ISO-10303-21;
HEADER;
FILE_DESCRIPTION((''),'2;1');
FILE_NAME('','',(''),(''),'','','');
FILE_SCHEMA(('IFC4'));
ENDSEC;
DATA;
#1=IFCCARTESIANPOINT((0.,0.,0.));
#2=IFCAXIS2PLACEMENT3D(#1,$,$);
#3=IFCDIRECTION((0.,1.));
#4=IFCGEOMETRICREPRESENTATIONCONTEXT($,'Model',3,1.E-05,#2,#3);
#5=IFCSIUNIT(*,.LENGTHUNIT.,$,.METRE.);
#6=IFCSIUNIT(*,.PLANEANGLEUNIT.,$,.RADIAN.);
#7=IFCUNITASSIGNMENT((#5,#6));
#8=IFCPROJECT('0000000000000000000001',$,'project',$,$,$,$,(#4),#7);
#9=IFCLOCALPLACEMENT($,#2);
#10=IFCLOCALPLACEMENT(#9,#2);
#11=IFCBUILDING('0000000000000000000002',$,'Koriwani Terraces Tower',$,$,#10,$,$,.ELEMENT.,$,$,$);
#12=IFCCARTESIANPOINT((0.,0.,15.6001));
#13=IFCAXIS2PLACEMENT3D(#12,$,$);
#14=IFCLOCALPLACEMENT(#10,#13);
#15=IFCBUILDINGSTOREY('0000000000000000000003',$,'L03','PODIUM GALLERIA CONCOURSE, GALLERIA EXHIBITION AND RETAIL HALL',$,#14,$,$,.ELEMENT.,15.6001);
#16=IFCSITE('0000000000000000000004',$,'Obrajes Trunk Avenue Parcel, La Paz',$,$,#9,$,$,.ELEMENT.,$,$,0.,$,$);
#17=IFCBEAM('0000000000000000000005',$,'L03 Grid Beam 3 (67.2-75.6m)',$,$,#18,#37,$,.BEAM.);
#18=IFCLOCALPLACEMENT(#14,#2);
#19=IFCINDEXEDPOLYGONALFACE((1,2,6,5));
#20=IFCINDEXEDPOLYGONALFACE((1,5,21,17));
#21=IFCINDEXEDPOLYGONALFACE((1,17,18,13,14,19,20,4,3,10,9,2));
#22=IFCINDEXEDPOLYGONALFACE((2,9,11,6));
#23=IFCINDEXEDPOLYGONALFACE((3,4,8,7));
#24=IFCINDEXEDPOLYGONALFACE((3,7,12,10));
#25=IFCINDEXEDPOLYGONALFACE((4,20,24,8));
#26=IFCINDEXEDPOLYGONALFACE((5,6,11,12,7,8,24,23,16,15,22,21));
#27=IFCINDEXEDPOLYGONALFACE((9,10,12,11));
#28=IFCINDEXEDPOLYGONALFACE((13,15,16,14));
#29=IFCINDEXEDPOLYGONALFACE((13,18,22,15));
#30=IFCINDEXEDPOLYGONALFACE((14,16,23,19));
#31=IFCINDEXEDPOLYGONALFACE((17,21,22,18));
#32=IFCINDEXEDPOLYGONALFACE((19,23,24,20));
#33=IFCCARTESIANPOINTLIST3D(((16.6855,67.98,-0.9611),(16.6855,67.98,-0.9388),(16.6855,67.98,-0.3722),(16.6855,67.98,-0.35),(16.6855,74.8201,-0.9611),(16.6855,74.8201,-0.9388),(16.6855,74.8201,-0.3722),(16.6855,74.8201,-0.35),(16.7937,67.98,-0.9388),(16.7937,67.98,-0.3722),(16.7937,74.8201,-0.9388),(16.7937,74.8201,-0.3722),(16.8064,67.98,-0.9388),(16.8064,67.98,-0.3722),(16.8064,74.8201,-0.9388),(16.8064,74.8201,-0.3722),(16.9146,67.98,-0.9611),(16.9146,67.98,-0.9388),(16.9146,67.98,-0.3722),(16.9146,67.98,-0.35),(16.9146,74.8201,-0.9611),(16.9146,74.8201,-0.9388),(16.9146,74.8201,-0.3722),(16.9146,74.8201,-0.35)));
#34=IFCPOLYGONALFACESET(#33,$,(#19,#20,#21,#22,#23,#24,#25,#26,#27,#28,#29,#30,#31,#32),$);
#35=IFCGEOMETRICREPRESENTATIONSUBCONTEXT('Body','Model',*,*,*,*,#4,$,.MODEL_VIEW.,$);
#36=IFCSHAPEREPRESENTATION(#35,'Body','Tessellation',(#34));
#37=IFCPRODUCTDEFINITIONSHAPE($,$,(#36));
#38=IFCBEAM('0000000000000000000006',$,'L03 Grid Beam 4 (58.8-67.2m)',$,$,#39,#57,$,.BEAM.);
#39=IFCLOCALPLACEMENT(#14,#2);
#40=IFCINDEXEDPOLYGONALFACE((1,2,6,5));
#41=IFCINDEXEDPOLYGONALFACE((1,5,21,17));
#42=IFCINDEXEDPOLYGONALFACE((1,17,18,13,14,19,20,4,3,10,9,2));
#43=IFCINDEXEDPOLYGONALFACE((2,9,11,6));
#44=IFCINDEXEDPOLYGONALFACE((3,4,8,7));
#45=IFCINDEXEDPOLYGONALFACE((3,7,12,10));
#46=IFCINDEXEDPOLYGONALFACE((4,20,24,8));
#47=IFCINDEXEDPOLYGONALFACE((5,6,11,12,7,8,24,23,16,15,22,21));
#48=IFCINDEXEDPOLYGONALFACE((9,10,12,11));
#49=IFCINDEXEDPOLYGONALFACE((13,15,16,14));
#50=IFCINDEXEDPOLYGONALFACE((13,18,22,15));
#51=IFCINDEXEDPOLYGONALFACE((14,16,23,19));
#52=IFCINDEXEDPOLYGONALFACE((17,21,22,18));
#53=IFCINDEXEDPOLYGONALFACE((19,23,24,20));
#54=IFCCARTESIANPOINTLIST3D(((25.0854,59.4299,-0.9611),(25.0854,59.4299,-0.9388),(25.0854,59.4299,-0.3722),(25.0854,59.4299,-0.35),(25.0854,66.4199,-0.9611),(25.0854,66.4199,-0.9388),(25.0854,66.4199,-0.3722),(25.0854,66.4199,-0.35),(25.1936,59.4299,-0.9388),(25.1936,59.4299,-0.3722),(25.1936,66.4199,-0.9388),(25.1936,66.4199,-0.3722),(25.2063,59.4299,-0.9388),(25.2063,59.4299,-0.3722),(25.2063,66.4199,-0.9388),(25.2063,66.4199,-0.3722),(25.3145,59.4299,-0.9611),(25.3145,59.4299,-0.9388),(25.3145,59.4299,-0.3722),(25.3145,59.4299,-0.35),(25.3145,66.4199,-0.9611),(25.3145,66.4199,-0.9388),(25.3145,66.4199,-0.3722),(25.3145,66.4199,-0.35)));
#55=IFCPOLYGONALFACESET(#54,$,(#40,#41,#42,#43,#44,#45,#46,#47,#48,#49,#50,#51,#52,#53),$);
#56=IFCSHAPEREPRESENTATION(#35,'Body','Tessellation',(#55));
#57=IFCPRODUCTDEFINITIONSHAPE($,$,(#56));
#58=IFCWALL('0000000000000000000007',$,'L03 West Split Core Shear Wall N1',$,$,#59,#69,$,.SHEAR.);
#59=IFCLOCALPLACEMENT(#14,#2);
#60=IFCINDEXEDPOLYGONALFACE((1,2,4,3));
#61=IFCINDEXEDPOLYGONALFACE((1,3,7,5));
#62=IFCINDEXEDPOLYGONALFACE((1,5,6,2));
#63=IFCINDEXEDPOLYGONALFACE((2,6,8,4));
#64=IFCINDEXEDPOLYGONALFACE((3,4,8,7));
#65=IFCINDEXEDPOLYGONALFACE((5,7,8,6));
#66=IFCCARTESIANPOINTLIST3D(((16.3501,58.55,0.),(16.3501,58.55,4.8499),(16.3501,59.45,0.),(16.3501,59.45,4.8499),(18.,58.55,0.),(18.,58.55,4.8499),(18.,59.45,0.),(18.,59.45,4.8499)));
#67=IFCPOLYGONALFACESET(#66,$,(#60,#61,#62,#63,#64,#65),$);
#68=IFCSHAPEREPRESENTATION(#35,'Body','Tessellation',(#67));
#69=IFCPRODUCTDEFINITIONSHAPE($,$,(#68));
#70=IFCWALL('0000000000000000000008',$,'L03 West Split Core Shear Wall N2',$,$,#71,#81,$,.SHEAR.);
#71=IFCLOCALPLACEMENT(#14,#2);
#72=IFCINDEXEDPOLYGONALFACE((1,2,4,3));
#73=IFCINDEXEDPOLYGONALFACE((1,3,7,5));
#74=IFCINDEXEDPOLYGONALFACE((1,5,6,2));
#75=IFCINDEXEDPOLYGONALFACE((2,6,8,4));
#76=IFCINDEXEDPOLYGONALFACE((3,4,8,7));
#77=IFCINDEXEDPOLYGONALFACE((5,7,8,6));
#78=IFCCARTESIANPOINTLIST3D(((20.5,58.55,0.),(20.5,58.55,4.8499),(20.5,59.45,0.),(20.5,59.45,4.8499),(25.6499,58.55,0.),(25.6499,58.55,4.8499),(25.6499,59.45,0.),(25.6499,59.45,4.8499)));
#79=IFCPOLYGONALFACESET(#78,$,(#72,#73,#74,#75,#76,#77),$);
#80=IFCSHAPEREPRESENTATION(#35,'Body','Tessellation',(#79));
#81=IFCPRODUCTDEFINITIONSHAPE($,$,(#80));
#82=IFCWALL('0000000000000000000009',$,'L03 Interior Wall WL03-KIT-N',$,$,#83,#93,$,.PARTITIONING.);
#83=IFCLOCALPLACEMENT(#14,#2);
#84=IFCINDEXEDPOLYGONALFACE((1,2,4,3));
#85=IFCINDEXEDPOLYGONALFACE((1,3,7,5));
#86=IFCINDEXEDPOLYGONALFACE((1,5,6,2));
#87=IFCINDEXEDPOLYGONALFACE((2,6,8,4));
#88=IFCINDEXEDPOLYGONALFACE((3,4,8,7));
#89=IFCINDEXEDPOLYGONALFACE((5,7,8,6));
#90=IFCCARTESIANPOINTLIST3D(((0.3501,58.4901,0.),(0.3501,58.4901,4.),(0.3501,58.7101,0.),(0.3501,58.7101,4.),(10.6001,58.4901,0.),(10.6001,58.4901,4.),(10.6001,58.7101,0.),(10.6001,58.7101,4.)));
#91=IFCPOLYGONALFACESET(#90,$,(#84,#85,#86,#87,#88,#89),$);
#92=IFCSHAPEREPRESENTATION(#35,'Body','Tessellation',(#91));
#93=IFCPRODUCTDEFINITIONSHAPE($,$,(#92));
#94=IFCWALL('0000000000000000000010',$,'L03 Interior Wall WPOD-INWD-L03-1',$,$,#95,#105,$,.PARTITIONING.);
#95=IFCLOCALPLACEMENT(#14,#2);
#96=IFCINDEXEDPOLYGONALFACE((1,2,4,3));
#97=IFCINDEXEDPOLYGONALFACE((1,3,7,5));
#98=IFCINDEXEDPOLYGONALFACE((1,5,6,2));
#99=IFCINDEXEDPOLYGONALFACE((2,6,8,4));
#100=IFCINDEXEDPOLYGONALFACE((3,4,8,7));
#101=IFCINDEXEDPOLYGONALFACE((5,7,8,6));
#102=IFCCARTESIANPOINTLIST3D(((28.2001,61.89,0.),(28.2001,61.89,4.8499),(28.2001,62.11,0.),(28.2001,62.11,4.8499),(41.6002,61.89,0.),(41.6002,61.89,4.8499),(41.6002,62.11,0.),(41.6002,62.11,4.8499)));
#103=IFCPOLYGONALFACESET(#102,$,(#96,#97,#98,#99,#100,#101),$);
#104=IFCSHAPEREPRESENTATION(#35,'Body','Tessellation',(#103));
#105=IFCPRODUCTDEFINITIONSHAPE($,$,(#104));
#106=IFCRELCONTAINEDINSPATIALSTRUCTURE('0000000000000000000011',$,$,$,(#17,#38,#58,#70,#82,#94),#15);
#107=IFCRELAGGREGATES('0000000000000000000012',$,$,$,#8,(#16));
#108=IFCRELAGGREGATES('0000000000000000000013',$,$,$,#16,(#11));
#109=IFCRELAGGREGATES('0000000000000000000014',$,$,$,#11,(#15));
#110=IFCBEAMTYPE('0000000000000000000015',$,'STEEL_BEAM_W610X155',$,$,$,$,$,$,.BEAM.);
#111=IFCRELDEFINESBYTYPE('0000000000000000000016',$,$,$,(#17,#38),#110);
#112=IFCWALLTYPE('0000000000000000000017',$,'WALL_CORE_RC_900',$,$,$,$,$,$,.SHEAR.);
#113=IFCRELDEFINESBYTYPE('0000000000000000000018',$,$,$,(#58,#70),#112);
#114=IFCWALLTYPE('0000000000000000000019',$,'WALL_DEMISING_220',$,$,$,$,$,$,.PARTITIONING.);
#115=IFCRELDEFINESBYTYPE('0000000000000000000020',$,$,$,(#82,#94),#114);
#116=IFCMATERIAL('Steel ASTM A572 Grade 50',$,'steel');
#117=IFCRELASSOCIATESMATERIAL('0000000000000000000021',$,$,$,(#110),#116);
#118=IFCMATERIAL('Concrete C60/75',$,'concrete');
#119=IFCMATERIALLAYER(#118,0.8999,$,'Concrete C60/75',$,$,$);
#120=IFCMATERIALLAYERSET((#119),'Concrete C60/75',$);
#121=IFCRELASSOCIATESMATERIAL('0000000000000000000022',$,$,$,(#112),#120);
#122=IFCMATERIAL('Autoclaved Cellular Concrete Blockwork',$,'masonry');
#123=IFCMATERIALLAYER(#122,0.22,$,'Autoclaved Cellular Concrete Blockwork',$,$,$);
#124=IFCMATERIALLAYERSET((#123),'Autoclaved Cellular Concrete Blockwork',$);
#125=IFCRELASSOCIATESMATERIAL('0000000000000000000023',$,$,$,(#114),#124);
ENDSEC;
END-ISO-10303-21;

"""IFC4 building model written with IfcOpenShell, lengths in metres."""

from ifc_helpers import new_model, si_unit, direction, frame, frame_2d, origin, origin_2d, place, context, subcontext, project, spatial, rectangle, i_section, extrude, material, layer, layer_set, material_profile, profile_set, type_object, element, save


model = new_model("IFC4")

# Units and contexts
model_context = context("Model", 3, precision=1e-05, world=origin(), true_north=direction((0.0, 1.0)))
body_context = subcontext(model_context, "Body", "Model", "MODEL_VIEW")
ifc_project = project(units=[si_unit("LENGTHUNIT", "METRE"), si_unit("PLANEANGLEUNIT", "RADIAN")], contexts=[model_context])

# Site, building, storey
site_placement = place(None, origin())
site = spatial("IfcSite", under=ifc_project, at=site_placement, Name="Obrajes Trunk Avenue Parcel, La Paz", CompositionType="ELEMENT", RefElevation=0.0)
building_placement = place(site_placement, origin())
building = spatial("IfcBuilding", under=site, at=building_placement, Name="Koriwani Terraces Tower", CompositionType="ELEMENT")
storey_placement = place(building_placement, frame((0.0, 0.0, 15.6001)))
storey = spatial("IfcBuildingStorey", under=building, at=storey_placement, Name="L03", Description="PODIUM GALLERIA CONCOURSE, GALLERIA EXHIBITION AND RETAIL HALL", CompositionType="ELEMENT", Elevation=15.6001)

# Shared definitions
ifc_material_1 = material(Name="Concrete C60/75", Category="concrete")

# Beams
ifc_material_2 = material(Name="Steel ASTM A572 Grade 50", Category="steel")
ifc_material_profile_1 = material_profile(ifc_material_2, i_section(OverallWidth=0.229, OverallDepth=0.6111, WebThickness=0.0127, FlangeThickness=0.0222, at=origin_2d()), Name="Steel ASTM A572 Grade 50", Category="LoadBearing")
ifc_profile_set_1 = profile_set([ifc_material_profile_1], Name="Steel ASTM A572 Grade 50")
beam_type_1 = type_object("IfcBeamType", Name="STEEL_BEAM_W610X155", PredefinedType="BEAM", material=ifc_profile_set_1)
beam_1_placement = place(storey_placement, frame((16.8, 67.98, -0.6555), z_axis=(0.0, 1.0, 0.0), x_axis=(-1.0, 0.0, 0.0)))
element("IfcBeam", 1, at=beam_1_placement, inside=storey, type_object=beam_type_1, Name="L03 Grid Beam 3 (67.2-75.6m)", PredefinedType="BEAM", context=body_context, shape_type="SweptSolid", body=[
    extrude(i_section(OverallWidth=0.229, OverallDepth=0.6111, WebThickness=0.0127, FlangeThickness=0.0222, at=origin_2d()), origin(), (0.0, 0.0, 1.0), 6.8401),
])
beam_2_placement = place(storey_placement, frame((25.2, 59.4299, -0.6555), z_axis=(0.0, 1.0, 0.0), x_axis=(-1.0, 0.0, 0.0)))
element("IfcBeam", 2, at=beam_2_placement, inside=storey, type_object=beam_type_1, Name="L03 Grid Beam 4 (58.8-67.2m)", PredefinedType="BEAM", context=body_context, shape_type="SweptSolid", body=[
    extrude(i_section(OverallWidth=0.229, OverallDepth=0.6111, WebThickness=0.0127, FlangeThickness=0.0222, at=origin_2d()), origin(), (0.0, 0.0, 1.0), 6.99),
])

# Walls
ifc_layer_1 = layer(ifc_material_1, 0.8999, Name="Concrete C60/75")
ifc_layer_set_1 = layer_set([ifc_layer_1], Name="Concrete C60/75")
wall_type_1 = type_object("IfcWallType", Name="WALL_CORE_RC_900", PredefinedType="SHEAR", material=ifc_layer_set_1)
wall_1_placement = place(storey_placement, frame((16.3501, 59.0, 0.0), z_axis=(0.0, 0.0, 1.0), x_axis=(1.0, 0.0, 0.0)))
element("IfcWall", 3, at=wall_1_placement, inside=storey, type_object=wall_type_1, Name="L03 West Split Core Shear Wall N1", PredefinedType="SHEAR", context=body_context, shape_type="SweptSolid", body=[
    extrude(rectangle(XDim=1.6499, YDim=0.8999, at=frame_2d((0.825, 0.0))), origin(), (0.0, 0.0, 1.0), 4.8499),
])
wall_2_placement = place(storey_placement, frame((20.5, 59.0, 0.0), z_axis=(0.0, 0.0, 1.0), x_axis=(1.0, 0.0, 0.0)))
element("IfcWall", 4, at=wall_2_placement, inside=storey, type_object=wall_type_1, Name="L03 West Split Core Shear Wall N2", PredefinedType="SHEAR", context=body_context, shape_type="SweptSolid", body=[
    extrude(rectangle(XDim=5.1499, YDim=0.8999, at=frame_2d((2.575, 0.0))), origin(), (0.0, 0.0, 1.0), 4.8499),
])
ifc_material_3 = material(Name="Autoclaved Cellular Concrete Blockwork", Category="masonry")
ifc_layer_2 = layer(ifc_material_3, 0.22, Name="Autoclaved Cellular Concrete Blockwork")
ifc_layer_set_2 = layer_set([ifc_layer_2], Name="Autoclaved Cellular Concrete Blockwork")
wall_type_2 = type_object("IfcWallType", Name="WALL_DEMISING_220", PredefinedType="PARTITIONING", material=ifc_layer_set_2)
wall_3_placement = place(storey_placement, frame((0.3501, 58.6001, 0.0), z_axis=(0.0, 0.0, 1.0), x_axis=(1.0, 0.0, 0.0)))
element("IfcWall", 5, at=wall_3_placement, inside=storey, type_object=wall_type_2, Name="L03 Interior Wall WL03-KIT-N", PredefinedType="PARTITIONING", context=body_context, shape_type="SweptSolid", body=[
    extrude(rectangle(XDim=10.25, YDim=0.22, at=frame_2d((5.125, 0.0))), origin(), (0.0, 0.0, 1.0), 4.0),
])
wall_4_placement = place(storey_placement, frame((28.2, 62.0, 0.0), z_axis=(0.0, 0.0, 1.0), x_axis=(1.0, 0.0, 0.0)))
element("IfcWall", 6, at=wall_4_placement, inside=storey, type_object=wall_type_2, Name="L03 Interior Wall WPOD-INWD-L03-1", PredefinedType="PARTITIONING", context=body_context, shape_type="SweptSolid", body=[
    extrude(rectangle(XDim=13.4001, YDim=0.22, at=frame_2d((6.7002, 0.0))), origin(), (0.0, 0.0, 1.0), 4.8499),
])

save(model, "model.ifc")
